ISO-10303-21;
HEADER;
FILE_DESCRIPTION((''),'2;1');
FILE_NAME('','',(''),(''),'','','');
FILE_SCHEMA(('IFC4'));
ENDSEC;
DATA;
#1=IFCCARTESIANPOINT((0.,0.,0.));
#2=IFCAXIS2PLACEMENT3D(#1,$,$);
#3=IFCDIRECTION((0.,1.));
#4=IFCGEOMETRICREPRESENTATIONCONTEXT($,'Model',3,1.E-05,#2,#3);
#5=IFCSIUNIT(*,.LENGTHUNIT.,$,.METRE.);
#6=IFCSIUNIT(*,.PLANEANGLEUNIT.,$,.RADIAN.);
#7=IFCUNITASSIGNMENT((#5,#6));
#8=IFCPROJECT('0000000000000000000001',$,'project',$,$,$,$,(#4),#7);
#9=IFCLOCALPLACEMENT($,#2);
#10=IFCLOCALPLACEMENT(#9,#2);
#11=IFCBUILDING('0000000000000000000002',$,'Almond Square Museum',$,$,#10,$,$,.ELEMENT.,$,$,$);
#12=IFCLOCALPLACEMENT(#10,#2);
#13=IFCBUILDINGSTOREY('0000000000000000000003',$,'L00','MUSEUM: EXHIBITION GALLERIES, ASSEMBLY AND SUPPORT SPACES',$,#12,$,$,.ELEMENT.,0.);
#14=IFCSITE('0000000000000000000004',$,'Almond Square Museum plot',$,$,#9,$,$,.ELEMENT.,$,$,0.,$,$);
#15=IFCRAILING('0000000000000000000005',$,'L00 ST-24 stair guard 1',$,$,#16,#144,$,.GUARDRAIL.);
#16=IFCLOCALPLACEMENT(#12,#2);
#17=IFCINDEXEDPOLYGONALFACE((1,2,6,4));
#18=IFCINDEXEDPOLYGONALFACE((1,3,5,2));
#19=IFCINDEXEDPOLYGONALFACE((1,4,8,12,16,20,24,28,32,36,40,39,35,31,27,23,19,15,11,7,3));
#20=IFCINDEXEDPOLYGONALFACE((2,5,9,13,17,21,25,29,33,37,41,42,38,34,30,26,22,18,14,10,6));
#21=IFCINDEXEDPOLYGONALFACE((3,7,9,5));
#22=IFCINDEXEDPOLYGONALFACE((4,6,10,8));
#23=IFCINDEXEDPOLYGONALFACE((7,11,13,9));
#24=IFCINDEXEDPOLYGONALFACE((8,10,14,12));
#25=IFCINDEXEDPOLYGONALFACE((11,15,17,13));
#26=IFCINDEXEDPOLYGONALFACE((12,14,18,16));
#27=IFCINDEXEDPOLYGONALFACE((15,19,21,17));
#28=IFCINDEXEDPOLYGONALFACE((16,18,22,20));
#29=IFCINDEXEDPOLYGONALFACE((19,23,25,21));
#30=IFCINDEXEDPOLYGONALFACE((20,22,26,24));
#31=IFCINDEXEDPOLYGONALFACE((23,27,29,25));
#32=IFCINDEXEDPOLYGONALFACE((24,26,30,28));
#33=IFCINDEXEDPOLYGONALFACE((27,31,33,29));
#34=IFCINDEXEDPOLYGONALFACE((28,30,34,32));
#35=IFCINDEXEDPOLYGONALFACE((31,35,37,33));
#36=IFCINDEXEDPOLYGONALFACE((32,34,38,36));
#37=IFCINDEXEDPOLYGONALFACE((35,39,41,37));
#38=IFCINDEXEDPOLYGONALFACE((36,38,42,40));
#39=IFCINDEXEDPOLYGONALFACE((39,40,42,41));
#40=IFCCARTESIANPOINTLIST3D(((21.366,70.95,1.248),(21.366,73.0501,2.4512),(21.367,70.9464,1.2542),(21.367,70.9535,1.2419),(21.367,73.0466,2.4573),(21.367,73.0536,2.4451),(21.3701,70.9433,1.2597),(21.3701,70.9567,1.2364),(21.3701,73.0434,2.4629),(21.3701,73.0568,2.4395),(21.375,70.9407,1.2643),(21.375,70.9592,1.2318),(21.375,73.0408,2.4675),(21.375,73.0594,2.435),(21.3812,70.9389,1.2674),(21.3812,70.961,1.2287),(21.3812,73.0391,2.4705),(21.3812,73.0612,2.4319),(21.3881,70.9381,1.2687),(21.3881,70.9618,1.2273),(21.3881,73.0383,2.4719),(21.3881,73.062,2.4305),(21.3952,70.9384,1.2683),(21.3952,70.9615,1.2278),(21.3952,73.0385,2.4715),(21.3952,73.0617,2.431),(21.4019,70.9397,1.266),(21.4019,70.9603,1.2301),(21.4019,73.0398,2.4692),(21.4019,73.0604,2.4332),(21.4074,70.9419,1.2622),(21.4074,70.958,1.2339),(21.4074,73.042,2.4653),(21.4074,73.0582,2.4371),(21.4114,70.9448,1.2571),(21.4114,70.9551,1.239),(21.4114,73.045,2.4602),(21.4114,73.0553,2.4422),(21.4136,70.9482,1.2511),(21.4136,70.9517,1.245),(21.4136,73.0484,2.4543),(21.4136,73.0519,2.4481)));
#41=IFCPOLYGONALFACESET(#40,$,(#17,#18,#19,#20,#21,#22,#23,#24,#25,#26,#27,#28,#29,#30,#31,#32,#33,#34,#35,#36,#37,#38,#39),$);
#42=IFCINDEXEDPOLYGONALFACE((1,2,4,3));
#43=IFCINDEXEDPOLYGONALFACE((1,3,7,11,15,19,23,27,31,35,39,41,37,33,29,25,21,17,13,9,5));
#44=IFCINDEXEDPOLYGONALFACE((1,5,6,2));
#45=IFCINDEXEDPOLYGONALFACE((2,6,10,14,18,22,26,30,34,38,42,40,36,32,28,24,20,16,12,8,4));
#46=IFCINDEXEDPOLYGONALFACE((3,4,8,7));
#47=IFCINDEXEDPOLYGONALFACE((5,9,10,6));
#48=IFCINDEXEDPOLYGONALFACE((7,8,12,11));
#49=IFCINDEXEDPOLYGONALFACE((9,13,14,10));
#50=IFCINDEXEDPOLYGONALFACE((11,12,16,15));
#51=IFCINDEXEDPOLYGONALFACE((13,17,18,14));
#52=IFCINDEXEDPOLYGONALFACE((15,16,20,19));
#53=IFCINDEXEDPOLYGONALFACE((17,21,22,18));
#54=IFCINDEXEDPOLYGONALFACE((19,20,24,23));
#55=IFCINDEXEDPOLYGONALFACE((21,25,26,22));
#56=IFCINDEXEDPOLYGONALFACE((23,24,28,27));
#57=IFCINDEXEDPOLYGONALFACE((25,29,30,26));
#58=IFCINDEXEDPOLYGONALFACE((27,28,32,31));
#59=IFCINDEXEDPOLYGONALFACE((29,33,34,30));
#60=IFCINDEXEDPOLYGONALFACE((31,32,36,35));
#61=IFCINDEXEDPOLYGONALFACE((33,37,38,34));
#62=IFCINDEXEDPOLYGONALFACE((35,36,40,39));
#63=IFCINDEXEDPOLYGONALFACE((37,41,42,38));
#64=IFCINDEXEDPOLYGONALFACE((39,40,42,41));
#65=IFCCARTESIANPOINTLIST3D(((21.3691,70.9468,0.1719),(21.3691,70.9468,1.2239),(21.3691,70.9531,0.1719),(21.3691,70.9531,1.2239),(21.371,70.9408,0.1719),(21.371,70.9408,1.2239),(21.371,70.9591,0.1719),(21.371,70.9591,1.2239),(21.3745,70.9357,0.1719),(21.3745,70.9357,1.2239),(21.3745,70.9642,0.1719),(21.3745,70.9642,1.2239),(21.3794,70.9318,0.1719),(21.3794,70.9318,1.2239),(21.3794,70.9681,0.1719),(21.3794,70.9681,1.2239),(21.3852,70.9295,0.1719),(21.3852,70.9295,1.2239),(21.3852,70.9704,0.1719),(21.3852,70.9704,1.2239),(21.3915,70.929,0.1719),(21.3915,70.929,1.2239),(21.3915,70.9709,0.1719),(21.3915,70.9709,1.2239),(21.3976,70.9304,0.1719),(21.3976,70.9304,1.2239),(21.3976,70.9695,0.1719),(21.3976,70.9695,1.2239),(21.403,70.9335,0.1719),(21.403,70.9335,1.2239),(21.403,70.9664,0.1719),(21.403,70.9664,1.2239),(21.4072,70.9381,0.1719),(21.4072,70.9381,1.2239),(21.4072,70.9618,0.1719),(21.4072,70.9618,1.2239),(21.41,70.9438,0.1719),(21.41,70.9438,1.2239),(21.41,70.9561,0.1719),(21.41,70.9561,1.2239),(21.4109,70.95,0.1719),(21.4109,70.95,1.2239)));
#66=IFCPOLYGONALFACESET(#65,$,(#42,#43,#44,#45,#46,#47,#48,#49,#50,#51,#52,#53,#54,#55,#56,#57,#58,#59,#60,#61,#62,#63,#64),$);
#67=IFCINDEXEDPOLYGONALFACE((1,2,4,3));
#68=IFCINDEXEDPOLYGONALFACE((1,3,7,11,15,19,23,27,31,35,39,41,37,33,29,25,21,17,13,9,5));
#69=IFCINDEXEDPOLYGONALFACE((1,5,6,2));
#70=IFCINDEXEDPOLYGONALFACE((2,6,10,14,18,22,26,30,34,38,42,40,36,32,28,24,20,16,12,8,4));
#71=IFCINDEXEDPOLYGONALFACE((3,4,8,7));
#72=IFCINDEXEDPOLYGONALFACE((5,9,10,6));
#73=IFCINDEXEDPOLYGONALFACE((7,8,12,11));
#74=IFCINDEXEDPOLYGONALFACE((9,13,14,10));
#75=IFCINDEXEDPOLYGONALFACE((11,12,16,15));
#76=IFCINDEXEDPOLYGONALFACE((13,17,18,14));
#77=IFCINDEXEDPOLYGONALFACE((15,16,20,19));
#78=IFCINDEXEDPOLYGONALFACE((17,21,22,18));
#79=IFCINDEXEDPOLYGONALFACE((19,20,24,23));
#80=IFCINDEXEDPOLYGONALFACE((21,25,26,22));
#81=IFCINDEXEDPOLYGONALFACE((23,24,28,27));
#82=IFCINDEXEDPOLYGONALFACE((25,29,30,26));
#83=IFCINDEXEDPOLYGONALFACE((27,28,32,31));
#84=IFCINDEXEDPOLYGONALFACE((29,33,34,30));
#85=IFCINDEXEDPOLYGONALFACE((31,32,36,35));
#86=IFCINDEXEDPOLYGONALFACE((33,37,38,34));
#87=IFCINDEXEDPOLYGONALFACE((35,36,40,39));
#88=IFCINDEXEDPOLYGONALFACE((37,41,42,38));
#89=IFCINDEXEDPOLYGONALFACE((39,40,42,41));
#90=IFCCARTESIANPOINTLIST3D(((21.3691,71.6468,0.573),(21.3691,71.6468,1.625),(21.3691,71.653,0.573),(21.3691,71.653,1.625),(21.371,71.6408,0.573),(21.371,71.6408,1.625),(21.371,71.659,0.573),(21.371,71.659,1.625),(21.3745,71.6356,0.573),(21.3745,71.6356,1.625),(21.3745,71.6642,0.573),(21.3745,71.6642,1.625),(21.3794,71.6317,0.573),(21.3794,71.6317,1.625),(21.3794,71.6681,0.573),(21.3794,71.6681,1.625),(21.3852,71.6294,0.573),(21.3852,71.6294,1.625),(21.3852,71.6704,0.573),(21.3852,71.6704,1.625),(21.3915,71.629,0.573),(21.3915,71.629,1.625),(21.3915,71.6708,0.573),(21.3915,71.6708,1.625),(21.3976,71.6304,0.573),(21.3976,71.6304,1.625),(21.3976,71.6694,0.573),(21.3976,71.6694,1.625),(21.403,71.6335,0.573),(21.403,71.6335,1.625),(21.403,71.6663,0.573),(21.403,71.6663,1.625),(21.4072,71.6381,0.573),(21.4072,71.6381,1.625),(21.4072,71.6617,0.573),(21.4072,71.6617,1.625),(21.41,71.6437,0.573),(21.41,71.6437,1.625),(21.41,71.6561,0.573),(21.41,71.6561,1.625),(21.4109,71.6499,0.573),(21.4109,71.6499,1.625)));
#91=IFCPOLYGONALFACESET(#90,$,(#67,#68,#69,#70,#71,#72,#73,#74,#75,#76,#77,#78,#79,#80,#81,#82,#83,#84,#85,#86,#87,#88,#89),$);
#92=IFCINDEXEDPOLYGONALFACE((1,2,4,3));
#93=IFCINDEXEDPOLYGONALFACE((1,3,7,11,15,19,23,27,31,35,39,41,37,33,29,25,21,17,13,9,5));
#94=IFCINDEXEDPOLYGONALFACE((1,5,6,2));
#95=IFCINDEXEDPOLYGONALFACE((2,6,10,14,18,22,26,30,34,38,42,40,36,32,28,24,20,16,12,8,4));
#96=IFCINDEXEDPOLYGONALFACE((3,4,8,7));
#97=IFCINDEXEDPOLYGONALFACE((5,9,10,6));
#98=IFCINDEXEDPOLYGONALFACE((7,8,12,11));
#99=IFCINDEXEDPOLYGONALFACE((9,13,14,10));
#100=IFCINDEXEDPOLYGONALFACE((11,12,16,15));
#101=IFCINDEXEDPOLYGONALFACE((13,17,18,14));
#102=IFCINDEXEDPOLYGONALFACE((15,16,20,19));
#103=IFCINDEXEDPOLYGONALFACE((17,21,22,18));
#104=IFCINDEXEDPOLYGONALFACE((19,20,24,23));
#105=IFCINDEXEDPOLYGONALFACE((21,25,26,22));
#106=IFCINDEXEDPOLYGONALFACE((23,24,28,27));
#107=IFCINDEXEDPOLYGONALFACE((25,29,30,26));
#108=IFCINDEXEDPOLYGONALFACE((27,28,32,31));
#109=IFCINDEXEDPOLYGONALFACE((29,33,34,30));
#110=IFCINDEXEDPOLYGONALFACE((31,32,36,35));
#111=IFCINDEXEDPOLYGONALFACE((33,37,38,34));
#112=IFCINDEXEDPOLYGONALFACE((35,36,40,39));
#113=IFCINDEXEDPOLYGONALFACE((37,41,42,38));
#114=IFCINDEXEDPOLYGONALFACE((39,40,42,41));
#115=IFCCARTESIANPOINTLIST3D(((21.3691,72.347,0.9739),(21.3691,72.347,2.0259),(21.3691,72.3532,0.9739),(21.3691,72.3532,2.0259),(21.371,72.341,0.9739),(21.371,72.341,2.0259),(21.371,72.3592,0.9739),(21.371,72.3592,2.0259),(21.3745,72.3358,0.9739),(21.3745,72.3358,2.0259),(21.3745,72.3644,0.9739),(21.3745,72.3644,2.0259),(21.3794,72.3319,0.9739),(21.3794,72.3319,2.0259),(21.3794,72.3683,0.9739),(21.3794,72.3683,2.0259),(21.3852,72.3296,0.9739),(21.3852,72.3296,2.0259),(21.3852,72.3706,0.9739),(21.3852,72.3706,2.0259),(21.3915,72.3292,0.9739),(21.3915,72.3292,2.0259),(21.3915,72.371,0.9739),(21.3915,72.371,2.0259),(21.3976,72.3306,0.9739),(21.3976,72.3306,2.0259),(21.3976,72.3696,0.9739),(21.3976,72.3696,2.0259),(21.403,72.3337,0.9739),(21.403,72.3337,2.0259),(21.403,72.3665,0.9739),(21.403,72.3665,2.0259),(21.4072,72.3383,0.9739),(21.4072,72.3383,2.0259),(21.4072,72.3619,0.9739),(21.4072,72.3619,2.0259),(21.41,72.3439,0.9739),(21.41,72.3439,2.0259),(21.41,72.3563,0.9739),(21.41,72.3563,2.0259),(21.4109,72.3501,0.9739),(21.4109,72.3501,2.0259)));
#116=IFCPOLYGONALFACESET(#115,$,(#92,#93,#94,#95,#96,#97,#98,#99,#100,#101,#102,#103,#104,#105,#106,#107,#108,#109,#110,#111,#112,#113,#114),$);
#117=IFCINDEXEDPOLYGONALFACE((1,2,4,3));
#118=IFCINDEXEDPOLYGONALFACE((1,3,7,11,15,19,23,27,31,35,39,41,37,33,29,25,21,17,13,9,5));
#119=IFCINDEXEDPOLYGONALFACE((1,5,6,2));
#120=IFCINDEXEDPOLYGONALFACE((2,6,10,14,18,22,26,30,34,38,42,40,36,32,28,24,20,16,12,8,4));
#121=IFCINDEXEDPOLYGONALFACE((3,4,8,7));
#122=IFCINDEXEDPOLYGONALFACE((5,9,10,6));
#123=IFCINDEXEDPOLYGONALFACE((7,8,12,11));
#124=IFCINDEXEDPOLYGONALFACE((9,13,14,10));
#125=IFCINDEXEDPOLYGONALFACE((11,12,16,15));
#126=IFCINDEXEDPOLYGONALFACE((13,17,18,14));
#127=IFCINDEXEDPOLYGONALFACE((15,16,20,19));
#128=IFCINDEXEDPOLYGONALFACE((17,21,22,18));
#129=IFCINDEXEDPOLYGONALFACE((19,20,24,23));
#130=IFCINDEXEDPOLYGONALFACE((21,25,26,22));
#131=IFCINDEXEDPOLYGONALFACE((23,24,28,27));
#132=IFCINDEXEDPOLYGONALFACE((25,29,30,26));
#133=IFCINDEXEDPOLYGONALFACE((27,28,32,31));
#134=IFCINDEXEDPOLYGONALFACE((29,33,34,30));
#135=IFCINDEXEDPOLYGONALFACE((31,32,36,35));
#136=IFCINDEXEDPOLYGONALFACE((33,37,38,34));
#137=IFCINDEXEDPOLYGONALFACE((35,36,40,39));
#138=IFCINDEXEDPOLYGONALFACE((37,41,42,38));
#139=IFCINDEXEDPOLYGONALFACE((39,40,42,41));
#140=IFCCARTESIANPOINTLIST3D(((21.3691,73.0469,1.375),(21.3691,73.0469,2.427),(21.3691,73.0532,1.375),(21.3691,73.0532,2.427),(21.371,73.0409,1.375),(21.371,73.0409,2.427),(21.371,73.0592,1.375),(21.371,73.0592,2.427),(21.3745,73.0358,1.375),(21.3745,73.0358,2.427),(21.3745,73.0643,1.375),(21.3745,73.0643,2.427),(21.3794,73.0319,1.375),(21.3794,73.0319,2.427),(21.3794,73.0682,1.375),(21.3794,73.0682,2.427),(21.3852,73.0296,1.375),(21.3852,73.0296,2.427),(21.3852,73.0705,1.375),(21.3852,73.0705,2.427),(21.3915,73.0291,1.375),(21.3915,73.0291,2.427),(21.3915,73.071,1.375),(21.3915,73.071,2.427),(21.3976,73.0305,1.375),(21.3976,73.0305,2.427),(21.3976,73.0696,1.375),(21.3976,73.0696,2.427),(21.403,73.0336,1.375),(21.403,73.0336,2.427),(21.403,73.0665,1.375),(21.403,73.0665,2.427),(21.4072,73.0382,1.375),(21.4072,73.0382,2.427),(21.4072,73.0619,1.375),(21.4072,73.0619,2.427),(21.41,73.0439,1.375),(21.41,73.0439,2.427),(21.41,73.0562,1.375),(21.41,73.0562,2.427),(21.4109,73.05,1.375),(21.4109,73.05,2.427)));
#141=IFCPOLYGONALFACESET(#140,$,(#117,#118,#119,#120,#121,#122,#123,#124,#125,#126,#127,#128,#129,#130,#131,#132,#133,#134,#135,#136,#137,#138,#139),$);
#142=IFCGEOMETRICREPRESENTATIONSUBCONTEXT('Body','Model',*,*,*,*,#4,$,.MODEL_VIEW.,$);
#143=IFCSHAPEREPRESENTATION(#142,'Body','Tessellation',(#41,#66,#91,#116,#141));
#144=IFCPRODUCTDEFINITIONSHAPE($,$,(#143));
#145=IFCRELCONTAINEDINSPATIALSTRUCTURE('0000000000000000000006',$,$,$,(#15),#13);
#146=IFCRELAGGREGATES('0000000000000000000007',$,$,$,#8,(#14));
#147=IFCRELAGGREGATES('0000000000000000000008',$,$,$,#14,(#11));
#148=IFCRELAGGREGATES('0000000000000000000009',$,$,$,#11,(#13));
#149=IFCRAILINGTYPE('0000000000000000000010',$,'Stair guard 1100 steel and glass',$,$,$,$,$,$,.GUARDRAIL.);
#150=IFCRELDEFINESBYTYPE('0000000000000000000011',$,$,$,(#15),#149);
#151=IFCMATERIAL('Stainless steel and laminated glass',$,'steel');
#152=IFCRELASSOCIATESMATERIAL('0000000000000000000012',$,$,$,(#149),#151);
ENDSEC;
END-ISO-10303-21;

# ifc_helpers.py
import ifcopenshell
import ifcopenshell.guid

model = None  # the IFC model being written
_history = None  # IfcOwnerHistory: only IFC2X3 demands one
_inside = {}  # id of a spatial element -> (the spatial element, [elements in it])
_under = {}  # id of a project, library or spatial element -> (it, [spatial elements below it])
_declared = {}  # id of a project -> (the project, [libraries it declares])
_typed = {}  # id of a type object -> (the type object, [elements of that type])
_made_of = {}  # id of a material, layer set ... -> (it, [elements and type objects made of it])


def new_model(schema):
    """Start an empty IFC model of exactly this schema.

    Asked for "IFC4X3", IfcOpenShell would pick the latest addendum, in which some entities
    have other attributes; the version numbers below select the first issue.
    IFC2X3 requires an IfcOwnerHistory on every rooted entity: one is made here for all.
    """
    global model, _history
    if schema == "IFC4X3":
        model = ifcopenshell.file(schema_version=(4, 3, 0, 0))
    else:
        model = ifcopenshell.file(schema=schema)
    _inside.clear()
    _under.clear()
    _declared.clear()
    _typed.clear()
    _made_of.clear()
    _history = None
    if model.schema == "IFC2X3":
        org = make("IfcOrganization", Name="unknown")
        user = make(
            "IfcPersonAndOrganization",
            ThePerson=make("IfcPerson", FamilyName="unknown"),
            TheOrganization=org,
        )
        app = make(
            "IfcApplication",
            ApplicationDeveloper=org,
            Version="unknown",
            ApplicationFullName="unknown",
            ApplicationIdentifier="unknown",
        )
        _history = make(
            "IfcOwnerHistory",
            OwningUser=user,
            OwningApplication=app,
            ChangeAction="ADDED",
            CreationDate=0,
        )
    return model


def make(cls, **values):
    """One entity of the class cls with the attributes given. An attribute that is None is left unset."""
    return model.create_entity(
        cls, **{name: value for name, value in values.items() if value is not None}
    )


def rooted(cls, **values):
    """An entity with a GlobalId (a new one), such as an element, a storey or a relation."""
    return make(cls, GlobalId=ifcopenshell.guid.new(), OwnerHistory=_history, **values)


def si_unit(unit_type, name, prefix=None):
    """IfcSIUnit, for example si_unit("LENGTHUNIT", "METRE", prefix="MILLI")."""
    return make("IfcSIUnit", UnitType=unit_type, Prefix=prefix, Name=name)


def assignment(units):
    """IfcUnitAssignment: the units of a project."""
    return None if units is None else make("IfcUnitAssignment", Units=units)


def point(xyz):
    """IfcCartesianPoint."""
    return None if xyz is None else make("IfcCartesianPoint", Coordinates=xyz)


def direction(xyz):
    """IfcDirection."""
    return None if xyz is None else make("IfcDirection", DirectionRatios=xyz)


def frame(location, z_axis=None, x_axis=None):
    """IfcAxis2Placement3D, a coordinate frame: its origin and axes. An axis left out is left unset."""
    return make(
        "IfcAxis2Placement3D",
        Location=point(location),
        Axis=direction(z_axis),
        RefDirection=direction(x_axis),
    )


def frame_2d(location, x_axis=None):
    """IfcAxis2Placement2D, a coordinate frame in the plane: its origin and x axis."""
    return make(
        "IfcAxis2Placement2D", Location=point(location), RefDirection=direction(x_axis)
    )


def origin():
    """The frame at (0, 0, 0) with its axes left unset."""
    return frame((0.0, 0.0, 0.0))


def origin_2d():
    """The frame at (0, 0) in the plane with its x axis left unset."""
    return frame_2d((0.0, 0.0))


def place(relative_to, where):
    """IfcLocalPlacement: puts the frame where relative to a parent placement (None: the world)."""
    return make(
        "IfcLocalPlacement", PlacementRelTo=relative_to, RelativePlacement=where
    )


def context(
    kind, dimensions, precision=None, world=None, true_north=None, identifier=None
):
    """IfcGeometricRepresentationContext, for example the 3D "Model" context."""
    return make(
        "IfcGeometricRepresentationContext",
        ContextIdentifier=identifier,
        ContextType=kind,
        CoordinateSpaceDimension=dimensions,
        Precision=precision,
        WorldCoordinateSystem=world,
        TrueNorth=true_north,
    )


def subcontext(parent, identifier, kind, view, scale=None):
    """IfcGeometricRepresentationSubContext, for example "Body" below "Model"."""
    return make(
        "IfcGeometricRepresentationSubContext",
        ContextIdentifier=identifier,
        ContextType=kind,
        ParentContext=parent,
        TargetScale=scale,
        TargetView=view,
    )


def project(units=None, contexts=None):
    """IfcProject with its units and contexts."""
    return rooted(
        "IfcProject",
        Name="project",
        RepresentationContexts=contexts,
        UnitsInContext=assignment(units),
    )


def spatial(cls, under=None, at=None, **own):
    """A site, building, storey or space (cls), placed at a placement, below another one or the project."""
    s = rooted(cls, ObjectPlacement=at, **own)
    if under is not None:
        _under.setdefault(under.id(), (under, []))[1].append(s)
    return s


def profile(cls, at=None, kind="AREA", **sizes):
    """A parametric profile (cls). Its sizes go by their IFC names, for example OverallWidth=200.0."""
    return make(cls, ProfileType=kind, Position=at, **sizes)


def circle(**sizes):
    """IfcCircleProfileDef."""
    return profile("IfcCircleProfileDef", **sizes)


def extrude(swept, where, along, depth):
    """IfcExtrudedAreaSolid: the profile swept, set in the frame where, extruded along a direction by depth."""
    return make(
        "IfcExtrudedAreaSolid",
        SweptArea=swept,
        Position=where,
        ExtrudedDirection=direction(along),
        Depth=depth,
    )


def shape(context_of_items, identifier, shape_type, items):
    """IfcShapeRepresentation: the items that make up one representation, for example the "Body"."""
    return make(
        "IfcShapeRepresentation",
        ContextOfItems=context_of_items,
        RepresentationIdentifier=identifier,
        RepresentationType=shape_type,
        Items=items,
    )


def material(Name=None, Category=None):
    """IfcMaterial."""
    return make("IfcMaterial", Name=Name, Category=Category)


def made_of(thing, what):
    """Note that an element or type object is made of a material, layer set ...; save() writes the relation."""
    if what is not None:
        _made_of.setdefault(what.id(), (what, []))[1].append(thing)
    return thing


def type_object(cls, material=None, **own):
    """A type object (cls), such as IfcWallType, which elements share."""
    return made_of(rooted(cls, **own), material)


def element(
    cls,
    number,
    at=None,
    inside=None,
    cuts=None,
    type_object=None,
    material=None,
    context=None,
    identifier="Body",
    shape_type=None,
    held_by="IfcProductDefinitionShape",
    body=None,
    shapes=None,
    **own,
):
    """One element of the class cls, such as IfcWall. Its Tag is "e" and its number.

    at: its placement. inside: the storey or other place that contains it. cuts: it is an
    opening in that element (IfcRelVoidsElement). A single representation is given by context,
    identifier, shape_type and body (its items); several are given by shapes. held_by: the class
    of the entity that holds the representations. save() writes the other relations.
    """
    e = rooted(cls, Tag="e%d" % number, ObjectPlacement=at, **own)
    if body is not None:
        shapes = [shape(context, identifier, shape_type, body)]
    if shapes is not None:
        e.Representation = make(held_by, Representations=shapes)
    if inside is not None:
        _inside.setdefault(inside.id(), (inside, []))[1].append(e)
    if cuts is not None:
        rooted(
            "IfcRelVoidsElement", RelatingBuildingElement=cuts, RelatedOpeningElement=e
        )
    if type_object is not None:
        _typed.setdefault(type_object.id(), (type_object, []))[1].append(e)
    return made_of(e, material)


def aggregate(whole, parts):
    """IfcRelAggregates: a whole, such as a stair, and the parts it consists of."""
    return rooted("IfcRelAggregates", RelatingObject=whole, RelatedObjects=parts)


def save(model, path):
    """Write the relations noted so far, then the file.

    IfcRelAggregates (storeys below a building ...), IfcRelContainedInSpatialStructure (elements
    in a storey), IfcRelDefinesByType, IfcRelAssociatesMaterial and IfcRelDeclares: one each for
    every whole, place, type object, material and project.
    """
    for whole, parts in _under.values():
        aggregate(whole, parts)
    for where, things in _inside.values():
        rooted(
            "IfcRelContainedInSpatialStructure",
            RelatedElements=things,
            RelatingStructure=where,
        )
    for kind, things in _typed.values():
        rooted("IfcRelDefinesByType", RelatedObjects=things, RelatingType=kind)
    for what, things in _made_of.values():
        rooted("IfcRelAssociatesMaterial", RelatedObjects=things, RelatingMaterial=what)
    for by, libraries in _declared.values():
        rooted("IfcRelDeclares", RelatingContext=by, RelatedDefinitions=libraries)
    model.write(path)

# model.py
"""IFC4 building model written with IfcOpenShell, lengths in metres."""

from ifc_helpers import new_model, si_unit, direction, frame, origin, origin_2d, place, context, subcontext, project, spatial, circle, extrude, material, type_object, element, save


model = new_model("IFC4")

# Units and contexts
model_context = context("Model", 3, precision=1e-05, world=origin(), true_north=direction((0.0, 1.0)))
body_context = subcontext(model_context, "Body", "Model", "MODEL_VIEW")
ifc_project = project(units=[si_unit("LENGTHUNIT", "METRE"), si_unit("PLANEANGLEUNIT", "RADIAN")], contexts=[model_context])

# Site, building, storey
site_placement = place(None, origin())
site = spatial("IfcSite", under=ifc_project, at=site_placement, Name="Almond Square Museum plot", CompositionType="ELEMENT", RefElevation=0.0)
building_placement = place(site_placement, origin())
building = spatial("IfcBuilding", under=site, at=building_placement, Name="Almond Square Museum", CompositionType="ELEMENT")
storey_placement = place(building_placement, origin())
storey = spatial("IfcBuildingStorey", under=building, at=storey_placement, Name="L00", Description="MUSEUM: EXHIBITION GALLERIES, ASSEMBLY AND SUPPORT SPACES", CompositionType="ELEMENT", Elevation=0.0)

# Railing
ifc_material_1 = material(Name="Stainless steel and laminated glass", Category="steel")
railing_type_1 = type_object("IfcRailingType", Name="Stair guard 1100 steel and glass", PredefinedType="GUARDRAIL", material=ifc_material_1)
railing_1_placement = place(storey_placement, frame((21.3899, 70.95, 0.1719)))
element("IfcRailing", 1, at=railing_1_placement, inside=storey, type_object=railing_type_1, Name="L00 ST-24 stair guard 1", PredefinedType="GUARDRAIL", context=body_context, shape_type="SweptSolid", body=[
    extrude(circle(Radius=0.0239, at=origin_2d()), frame((0.0, 0.0, 1.0762), z_axis=(0.0, 0.867696, 0.497095), x_axis=(-1.0, 0.0, 0.0)), (0.0, 0.0, 1.0), 2.4204),
    extrude(circle(Radius=0.021, at=origin_2d()), origin(), (0.0, 0.0, 1.0), 1.052),
    extrude(circle(Radius=0.021, at=origin_2d()), frame((0.0, 0.7, 0.4011)), (0.0, 0.0, 1.0), 1.052),
    extrude(circle(Radius=0.021, at=origin_2d()), frame((0.0, 1.4001, 0.802)), (0.0, 0.0, 1.0), 1.052),
    extrude(circle(Radius=0.021, at=origin_2d()), frame((0.0, 2.1001, 1.2031)), (0.0, 0.0, 1.0), 1.052),
])

save(model, "model.ifc")
